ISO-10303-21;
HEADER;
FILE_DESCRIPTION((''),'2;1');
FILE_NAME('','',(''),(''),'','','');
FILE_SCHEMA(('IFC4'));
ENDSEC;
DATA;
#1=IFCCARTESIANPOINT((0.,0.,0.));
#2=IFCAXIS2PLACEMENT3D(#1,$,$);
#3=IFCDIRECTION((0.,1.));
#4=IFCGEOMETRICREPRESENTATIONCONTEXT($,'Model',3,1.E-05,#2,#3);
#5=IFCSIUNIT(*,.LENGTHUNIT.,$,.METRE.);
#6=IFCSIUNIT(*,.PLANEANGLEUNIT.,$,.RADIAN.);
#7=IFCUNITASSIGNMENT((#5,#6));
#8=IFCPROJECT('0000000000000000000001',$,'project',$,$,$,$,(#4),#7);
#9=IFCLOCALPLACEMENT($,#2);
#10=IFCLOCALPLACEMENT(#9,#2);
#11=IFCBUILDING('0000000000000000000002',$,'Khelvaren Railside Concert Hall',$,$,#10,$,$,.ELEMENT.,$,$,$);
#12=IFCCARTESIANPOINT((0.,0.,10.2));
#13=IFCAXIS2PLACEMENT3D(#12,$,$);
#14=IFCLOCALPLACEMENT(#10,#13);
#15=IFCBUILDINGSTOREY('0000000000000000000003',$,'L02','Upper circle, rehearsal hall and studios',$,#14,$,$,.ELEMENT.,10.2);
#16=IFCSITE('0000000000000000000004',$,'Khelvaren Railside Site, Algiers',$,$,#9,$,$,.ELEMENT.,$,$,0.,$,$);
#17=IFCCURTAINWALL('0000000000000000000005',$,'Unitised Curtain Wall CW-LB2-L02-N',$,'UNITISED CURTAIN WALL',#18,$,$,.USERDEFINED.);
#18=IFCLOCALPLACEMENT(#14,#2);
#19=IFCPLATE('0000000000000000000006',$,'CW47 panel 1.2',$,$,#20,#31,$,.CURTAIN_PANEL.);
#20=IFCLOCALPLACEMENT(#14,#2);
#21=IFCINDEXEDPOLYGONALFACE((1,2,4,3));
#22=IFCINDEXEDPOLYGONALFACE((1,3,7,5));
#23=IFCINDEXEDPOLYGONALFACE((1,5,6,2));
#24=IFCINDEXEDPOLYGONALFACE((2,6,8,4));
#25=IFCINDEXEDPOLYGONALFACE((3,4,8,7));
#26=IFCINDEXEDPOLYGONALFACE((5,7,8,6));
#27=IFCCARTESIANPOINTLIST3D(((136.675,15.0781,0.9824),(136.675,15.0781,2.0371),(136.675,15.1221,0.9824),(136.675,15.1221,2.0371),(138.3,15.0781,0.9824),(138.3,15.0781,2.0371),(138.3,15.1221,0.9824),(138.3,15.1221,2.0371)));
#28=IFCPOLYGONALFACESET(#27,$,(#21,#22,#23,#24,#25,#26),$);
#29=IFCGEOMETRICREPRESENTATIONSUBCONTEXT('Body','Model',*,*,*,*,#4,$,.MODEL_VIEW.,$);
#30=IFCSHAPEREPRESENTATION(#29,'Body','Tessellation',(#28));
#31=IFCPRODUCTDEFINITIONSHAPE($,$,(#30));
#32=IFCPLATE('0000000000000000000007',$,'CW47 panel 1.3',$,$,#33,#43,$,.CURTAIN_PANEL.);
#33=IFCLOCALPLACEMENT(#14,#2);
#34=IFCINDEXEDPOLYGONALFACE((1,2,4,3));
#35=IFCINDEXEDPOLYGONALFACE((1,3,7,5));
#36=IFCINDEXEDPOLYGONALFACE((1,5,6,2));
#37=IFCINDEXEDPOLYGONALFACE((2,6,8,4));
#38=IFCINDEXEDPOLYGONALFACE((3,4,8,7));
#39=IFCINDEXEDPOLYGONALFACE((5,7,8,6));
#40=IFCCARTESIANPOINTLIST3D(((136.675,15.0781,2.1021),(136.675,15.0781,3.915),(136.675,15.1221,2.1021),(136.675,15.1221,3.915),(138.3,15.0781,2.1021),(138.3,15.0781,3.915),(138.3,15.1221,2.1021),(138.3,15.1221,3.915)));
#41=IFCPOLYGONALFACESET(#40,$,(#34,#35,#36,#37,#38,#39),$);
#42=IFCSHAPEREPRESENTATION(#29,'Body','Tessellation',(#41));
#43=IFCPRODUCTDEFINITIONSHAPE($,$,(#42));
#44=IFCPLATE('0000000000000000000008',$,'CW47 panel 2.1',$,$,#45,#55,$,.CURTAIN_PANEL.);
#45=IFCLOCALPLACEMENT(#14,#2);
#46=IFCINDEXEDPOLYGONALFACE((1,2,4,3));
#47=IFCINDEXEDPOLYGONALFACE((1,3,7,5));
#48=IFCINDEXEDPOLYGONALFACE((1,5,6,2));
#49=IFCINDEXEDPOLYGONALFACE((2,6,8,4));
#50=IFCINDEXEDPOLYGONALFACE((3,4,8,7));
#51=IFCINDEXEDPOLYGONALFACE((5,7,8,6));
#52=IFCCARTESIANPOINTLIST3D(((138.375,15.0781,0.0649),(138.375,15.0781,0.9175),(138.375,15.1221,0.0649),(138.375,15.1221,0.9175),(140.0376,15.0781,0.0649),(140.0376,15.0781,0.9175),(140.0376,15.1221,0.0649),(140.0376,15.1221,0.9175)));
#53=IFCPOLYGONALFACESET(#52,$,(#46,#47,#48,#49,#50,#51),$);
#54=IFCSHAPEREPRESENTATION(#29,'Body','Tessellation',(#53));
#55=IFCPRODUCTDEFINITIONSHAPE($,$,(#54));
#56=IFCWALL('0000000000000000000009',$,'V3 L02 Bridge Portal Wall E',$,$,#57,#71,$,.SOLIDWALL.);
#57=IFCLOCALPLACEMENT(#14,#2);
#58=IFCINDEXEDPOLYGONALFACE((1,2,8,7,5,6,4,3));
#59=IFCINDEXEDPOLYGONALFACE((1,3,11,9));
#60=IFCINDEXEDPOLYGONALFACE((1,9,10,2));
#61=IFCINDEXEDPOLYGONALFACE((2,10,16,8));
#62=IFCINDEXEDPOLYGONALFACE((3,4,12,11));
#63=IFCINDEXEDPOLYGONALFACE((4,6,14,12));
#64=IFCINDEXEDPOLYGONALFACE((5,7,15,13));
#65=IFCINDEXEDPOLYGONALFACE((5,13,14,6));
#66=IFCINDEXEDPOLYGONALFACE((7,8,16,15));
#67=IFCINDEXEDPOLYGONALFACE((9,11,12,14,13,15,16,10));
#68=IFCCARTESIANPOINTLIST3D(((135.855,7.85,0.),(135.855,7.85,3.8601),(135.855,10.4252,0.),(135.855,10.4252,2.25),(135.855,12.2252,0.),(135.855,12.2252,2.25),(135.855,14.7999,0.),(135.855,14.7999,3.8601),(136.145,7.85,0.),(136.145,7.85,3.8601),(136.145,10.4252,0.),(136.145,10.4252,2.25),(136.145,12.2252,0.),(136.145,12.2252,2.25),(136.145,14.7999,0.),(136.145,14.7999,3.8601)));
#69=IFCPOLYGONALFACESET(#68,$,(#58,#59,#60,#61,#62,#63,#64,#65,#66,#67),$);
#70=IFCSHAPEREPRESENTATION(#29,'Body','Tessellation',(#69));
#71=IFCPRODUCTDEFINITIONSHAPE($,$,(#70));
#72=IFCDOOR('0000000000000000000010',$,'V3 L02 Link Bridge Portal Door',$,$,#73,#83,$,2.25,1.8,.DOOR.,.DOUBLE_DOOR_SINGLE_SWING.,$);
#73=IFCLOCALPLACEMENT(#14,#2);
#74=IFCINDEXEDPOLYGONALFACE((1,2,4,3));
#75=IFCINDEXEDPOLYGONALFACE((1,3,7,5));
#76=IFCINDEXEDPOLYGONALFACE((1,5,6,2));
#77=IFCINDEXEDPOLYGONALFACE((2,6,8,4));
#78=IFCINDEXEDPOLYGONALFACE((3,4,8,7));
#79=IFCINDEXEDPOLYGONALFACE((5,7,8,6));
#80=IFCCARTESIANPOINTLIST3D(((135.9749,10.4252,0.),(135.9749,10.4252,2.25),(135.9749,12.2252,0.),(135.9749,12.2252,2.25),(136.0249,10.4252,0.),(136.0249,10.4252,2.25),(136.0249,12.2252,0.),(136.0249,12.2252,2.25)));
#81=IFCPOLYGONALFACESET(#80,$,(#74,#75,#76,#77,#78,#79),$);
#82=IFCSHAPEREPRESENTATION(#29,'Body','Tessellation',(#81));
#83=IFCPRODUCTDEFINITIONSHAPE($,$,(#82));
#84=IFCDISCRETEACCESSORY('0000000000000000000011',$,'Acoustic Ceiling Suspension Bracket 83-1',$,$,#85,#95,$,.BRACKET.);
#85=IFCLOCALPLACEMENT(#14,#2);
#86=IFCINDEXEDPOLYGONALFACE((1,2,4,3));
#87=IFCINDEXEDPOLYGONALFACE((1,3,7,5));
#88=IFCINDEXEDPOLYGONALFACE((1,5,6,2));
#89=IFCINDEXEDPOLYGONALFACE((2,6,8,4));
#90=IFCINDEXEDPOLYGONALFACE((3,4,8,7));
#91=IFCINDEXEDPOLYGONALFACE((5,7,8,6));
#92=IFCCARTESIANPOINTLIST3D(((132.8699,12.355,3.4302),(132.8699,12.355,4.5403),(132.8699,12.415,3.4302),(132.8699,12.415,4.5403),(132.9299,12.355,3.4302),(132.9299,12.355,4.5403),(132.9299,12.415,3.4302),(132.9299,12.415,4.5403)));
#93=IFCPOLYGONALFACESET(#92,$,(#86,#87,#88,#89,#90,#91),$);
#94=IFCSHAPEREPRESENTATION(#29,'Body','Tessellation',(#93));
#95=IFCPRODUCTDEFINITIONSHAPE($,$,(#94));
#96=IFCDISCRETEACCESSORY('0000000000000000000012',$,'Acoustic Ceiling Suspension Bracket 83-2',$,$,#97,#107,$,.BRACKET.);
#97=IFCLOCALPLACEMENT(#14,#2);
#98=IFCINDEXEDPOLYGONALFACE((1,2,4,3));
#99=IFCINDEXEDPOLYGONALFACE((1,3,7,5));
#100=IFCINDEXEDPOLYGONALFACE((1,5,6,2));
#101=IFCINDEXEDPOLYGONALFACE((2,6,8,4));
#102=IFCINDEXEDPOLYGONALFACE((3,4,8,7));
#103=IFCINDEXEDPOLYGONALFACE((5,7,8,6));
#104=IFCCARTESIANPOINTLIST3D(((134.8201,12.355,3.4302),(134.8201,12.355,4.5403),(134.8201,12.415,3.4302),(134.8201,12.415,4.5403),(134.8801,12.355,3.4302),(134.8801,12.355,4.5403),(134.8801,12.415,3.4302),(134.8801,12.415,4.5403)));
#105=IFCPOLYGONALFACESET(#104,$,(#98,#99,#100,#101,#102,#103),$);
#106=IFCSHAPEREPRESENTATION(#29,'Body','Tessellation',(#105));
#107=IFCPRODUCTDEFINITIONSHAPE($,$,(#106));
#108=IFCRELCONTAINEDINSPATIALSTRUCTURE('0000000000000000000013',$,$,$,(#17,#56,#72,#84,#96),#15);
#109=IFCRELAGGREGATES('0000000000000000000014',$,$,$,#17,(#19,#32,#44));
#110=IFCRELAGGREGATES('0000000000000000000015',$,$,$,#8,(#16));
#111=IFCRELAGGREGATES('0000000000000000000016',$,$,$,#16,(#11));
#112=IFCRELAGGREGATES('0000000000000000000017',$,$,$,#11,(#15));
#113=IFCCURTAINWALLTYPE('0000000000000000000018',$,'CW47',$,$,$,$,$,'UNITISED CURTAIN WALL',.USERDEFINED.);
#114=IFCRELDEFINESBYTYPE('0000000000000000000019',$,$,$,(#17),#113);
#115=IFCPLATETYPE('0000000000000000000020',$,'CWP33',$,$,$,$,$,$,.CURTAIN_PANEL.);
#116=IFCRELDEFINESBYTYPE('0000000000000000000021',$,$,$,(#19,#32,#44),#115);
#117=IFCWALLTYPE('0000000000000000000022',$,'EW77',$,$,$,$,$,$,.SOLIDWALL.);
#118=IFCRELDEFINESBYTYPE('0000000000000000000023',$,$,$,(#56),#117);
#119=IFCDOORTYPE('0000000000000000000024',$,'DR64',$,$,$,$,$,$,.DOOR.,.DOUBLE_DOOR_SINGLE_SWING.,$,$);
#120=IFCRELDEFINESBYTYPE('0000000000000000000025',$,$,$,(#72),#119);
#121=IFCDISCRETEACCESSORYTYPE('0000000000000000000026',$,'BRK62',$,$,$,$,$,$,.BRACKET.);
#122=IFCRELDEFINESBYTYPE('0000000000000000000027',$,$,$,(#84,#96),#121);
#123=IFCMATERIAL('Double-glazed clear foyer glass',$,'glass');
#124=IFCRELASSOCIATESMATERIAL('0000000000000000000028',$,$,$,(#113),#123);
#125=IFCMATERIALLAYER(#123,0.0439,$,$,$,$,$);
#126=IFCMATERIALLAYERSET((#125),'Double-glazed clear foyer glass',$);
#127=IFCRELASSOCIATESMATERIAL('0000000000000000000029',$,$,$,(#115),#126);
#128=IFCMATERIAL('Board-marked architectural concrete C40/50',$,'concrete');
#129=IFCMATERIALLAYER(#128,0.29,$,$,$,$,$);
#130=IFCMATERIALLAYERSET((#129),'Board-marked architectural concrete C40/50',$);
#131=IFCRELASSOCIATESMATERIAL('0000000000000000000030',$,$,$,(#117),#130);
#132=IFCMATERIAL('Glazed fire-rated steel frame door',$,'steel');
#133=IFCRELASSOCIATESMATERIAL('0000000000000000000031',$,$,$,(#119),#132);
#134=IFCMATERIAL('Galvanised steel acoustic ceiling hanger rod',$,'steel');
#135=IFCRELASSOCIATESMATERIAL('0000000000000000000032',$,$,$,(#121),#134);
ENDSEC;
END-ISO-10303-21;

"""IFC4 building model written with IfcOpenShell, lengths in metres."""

from ifc_helpers import new_model, si_unit, direction, frame, frame_2d, origin, origin_2d, place, context, subcontext, project, spatial, rectangle, extrude, material, layer, layer_set, type_object, element, fill, aggregate, save


model = new_model("IFC4")

# Units and contexts
model_context = context("Model", 3, precision=1e-05, world=origin(), true_north=direction((0.0, 1.0)))
body_context = subcontext(model_context, "Body", "Model", "MODEL_VIEW")
ifc_project = project(units=[si_unit("LENGTHUNIT", "METRE"), si_unit("PLANEANGLEUNIT", "RADIAN")], contexts=[model_context])

# Site, building, storey
site_placement = place(None, origin())
site = spatial("IfcSite", under=ifc_project, at=site_placement, Name="Khelvaren Railside Site, Algiers", CompositionType="ELEMENT", RefElevation=0.0)
building_placement = place(site_placement, origin())
building = spatial("IfcBuilding", under=site, at=building_placement, Name="Khelvaren Railside Concert Hall", CompositionType="ELEMENT")
storey_placement = place(building_placement, frame((0.0, 0.0, 10.2)))
storey = spatial("IfcBuildingStorey", under=building, at=storey_placement, Name="L02", Description="Upper circle, rehearsal hall and studios", CompositionType="ELEMENT", Elevation=10.2)

# Shared definitions
ifc_material_1 = material(Name="Double-glazed clear foyer glass", Category="glass")
curtain_wall_type = type_object("IfcCurtainWallType", Name="CW47", ElementType="UNITISED CURTAIN WALL", PredefinedType="USERDEFINED", material=ifc_material_1)

# Curtain wall
curtain_wall_1_placement = place(storey_placement, origin())
curtain_wall_1 = element("IfcCurtainWall", 1, at=curtain_wall_1_placement, inside=storey, type_object=curtain_wall_type, Name="Unitised Curtain Wall CW-LB2-L02-N", ObjectType="UNITISED CURTAIN WALL", PredefinedType="USERDEFINED")

# Plates
ifc_layer_1 = layer(ifc_material_1, 0.0439)
ifc_layer_set_1 = layer_set([ifc_layer_1], Name="Double-glazed clear foyer glass")
plate_type = type_object("IfcPlateType", Name="CWP33", PredefinedType="CURTAIN_PANEL", material=ifc_layer_set_1)
plate_1_placement = place(storey_placement, frame((137.4875, 15.1001, 0.9824), z_axis=(0.0, 0.0, 1.0), x_axis=(1.0, 0.0, 0.0)))
plate_1 = element("IfcPlate", 2, at=plate_1_placement, type_object=plate_type, Name="CW47 panel 1.2", PredefinedType="CURTAIN_PANEL", context=body_context, shape_type="SweptSolid", body=[
    extrude(rectangle(XDim=1.625, YDim=0.0439, at=origin_2d()), origin(), (0.0, 0.0, 1.0), 1.0547),
])
plate_2_placement = place(storey_placement, frame((137.4875, 15.1001, 2.1021), z_axis=(0.0, 0.0, 1.0), x_axis=(1.0, 0.0, 0.0)))
plate_2 = element("IfcPlate", 3, at=plate_2_placement, type_object=plate_type, Name="CW47 panel 1.3", PredefinedType="CURTAIN_PANEL", context=body_context, shape_type="SweptSolid", body=[
    extrude(rectangle(XDim=1.625, YDim=0.0439, at=origin_2d()), origin(), (0.0, 0.0, 1.0), 1.813),
])
plate_3_placement = place(storey_placement, frame((139.2063, 15.1001, 0.0649), z_axis=(0.0, 0.0, 1.0), x_axis=(1.0, 0.0, 0.0)))
plate_3 = element("IfcPlate", 4, at=plate_3_placement, type_object=plate_type, Name="CW47 panel 2.1", PredefinedType="CURTAIN_PANEL", context=body_context, shape_type="SweptSolid", body=[
    extrude(rectangle(XDim=1.6626, YDim=0.0439, at=origin_2d()), origin(), (0.0, 0.0, 1.0), 0.8525),
])
aggregate(curtain_wall_1, [plate_1, plate_2, plate_3])

# Wall, opening, door
ifc_material_2 = material(Name="Board-marked architectural concrete C40/50", Category="concrete")
ifc_layer_2 = layer(ifc_material_2, 0.29)
ifc_layer_set_2 = layer_set([ifc_layer_2], Name="Board-marked architectural concrete C40/50")
wall_type = type_object("IfcWallType", Name="EW77", PredefinedType="SOLIDWALL", material=ifc_layer_set_2)
wall_placement = place(storey_placement, frame((136.0, 14.8, 0.0), z_axis=(0.0, 0.0, 1.0), x_axis=(0.0, -1.0, 0.0)))
wall = element("IfcWall", 5, at=wall_placement, inside=storey, type_object=wall_type, Name="V3 L02 Bridge Portal Wall E", PredefinedType="SOLIDWALL", context=body_context, shape_type="SweptSolid", body=[
    extrude(rectangle(XDim=6.95, YDim=0.29, at=frame_2d((3.4751, 0.0))), origin(), (0.0, 0.0, 1.0), 3.8601),
])
opening_placement = place(wall_placement, frame((2.575, 0.0, 0.0)))
opening = element("IfcOpeningElement", 6, at=opening_placement, cuts=wall, PredefinedType="OPENING", context=body_context, shape_type="SweptSolid", body=[
    extrude(rectangle(XDim=1.8, YDim=2.25, at=frame_2d((0.8999, 1.125))), frame((0.0, 0.155, 0.0), z_axis=(0.0, -1.0, 0.0), x_axis=(1.0, 0.0, 0.0)), (0.0, 0.0, 1.0), 0.3101),
])
ifc_material_3 = material(Name="Glazed fire-rated steel frame door", Category="steel")
door_type = type_object("IfcDoorType", Name="DR64", OperationType="DOUBLE_DOOR_SINGLE_SWING", PredefinedType="DOOR", material=ifc_material_3)
door_placement = place(opening_placement, origin())
door = element("IfcDoor", 7, at=door_placement, inside=storey, type_object=door_type, Name="V3 L02 Link Bridge Portal Door", OperationType="DOUBLE_DOOR_SINGLE_SWING", OverallHeight=2.25, OverallWidth=1.8, PredefinedType="DOOR", context=body_context, shape_type="SweptSolid", body=[
    extrude(rectangle(XDim=1.8, YDim=2.25, at=frame_2d((0.8999, 1.125))), frame((0.0, 0.0249, 0.0), z_axis=(0.0, -1.0, 0.0), x_axis=(1.0, 0.0, 0.0)), (0.0, 0.0, 1.0), 0.05),
])
fill(opening, door)

# Discrete accessories
ifc_material_4 = material(Name="Galvanised steel acoustic ceiling hanger rod", Category="steel")
discrete_accessory_type = type_object("IfcDiscreteAccessoryType", Name="BRK62", PredefinedType="BRACKET", material=ifc_material_4)
for number, where, z_axis, x_axis, name in (
    (8, (132.8999, 12.385, 3.4302), (0.0, 0.0, 1.0), (1.0, 0.0, 0.0), "Acoustic Ceiling Suspension Bracket 83-1"),
    (9, (134.8501, 12.385, 3.4302), (0.0, 0.0, 1.0), (1.0, 0.0, 0.0), "Acoustic Ceiling Suspension Bracket 83-2"),
):
    element("IfcDiscreteAccessory", number, at=place(storey_placement, frame(where, z_axis=z_axis, x_axis=x_axis)), inside=storey, type_object=discrete_accessory_type, Name=name, PredefinedType="BRACKET", context=body_context, shape_type="SweptSolid", body=[
        extrude(rectangle(XDim=0.0601, YDim=0.0601, at=origin_2d()), origin(), (0.0, 0.0, 1.0), 1.1101),
    ])

save(model, "model.ifc")
